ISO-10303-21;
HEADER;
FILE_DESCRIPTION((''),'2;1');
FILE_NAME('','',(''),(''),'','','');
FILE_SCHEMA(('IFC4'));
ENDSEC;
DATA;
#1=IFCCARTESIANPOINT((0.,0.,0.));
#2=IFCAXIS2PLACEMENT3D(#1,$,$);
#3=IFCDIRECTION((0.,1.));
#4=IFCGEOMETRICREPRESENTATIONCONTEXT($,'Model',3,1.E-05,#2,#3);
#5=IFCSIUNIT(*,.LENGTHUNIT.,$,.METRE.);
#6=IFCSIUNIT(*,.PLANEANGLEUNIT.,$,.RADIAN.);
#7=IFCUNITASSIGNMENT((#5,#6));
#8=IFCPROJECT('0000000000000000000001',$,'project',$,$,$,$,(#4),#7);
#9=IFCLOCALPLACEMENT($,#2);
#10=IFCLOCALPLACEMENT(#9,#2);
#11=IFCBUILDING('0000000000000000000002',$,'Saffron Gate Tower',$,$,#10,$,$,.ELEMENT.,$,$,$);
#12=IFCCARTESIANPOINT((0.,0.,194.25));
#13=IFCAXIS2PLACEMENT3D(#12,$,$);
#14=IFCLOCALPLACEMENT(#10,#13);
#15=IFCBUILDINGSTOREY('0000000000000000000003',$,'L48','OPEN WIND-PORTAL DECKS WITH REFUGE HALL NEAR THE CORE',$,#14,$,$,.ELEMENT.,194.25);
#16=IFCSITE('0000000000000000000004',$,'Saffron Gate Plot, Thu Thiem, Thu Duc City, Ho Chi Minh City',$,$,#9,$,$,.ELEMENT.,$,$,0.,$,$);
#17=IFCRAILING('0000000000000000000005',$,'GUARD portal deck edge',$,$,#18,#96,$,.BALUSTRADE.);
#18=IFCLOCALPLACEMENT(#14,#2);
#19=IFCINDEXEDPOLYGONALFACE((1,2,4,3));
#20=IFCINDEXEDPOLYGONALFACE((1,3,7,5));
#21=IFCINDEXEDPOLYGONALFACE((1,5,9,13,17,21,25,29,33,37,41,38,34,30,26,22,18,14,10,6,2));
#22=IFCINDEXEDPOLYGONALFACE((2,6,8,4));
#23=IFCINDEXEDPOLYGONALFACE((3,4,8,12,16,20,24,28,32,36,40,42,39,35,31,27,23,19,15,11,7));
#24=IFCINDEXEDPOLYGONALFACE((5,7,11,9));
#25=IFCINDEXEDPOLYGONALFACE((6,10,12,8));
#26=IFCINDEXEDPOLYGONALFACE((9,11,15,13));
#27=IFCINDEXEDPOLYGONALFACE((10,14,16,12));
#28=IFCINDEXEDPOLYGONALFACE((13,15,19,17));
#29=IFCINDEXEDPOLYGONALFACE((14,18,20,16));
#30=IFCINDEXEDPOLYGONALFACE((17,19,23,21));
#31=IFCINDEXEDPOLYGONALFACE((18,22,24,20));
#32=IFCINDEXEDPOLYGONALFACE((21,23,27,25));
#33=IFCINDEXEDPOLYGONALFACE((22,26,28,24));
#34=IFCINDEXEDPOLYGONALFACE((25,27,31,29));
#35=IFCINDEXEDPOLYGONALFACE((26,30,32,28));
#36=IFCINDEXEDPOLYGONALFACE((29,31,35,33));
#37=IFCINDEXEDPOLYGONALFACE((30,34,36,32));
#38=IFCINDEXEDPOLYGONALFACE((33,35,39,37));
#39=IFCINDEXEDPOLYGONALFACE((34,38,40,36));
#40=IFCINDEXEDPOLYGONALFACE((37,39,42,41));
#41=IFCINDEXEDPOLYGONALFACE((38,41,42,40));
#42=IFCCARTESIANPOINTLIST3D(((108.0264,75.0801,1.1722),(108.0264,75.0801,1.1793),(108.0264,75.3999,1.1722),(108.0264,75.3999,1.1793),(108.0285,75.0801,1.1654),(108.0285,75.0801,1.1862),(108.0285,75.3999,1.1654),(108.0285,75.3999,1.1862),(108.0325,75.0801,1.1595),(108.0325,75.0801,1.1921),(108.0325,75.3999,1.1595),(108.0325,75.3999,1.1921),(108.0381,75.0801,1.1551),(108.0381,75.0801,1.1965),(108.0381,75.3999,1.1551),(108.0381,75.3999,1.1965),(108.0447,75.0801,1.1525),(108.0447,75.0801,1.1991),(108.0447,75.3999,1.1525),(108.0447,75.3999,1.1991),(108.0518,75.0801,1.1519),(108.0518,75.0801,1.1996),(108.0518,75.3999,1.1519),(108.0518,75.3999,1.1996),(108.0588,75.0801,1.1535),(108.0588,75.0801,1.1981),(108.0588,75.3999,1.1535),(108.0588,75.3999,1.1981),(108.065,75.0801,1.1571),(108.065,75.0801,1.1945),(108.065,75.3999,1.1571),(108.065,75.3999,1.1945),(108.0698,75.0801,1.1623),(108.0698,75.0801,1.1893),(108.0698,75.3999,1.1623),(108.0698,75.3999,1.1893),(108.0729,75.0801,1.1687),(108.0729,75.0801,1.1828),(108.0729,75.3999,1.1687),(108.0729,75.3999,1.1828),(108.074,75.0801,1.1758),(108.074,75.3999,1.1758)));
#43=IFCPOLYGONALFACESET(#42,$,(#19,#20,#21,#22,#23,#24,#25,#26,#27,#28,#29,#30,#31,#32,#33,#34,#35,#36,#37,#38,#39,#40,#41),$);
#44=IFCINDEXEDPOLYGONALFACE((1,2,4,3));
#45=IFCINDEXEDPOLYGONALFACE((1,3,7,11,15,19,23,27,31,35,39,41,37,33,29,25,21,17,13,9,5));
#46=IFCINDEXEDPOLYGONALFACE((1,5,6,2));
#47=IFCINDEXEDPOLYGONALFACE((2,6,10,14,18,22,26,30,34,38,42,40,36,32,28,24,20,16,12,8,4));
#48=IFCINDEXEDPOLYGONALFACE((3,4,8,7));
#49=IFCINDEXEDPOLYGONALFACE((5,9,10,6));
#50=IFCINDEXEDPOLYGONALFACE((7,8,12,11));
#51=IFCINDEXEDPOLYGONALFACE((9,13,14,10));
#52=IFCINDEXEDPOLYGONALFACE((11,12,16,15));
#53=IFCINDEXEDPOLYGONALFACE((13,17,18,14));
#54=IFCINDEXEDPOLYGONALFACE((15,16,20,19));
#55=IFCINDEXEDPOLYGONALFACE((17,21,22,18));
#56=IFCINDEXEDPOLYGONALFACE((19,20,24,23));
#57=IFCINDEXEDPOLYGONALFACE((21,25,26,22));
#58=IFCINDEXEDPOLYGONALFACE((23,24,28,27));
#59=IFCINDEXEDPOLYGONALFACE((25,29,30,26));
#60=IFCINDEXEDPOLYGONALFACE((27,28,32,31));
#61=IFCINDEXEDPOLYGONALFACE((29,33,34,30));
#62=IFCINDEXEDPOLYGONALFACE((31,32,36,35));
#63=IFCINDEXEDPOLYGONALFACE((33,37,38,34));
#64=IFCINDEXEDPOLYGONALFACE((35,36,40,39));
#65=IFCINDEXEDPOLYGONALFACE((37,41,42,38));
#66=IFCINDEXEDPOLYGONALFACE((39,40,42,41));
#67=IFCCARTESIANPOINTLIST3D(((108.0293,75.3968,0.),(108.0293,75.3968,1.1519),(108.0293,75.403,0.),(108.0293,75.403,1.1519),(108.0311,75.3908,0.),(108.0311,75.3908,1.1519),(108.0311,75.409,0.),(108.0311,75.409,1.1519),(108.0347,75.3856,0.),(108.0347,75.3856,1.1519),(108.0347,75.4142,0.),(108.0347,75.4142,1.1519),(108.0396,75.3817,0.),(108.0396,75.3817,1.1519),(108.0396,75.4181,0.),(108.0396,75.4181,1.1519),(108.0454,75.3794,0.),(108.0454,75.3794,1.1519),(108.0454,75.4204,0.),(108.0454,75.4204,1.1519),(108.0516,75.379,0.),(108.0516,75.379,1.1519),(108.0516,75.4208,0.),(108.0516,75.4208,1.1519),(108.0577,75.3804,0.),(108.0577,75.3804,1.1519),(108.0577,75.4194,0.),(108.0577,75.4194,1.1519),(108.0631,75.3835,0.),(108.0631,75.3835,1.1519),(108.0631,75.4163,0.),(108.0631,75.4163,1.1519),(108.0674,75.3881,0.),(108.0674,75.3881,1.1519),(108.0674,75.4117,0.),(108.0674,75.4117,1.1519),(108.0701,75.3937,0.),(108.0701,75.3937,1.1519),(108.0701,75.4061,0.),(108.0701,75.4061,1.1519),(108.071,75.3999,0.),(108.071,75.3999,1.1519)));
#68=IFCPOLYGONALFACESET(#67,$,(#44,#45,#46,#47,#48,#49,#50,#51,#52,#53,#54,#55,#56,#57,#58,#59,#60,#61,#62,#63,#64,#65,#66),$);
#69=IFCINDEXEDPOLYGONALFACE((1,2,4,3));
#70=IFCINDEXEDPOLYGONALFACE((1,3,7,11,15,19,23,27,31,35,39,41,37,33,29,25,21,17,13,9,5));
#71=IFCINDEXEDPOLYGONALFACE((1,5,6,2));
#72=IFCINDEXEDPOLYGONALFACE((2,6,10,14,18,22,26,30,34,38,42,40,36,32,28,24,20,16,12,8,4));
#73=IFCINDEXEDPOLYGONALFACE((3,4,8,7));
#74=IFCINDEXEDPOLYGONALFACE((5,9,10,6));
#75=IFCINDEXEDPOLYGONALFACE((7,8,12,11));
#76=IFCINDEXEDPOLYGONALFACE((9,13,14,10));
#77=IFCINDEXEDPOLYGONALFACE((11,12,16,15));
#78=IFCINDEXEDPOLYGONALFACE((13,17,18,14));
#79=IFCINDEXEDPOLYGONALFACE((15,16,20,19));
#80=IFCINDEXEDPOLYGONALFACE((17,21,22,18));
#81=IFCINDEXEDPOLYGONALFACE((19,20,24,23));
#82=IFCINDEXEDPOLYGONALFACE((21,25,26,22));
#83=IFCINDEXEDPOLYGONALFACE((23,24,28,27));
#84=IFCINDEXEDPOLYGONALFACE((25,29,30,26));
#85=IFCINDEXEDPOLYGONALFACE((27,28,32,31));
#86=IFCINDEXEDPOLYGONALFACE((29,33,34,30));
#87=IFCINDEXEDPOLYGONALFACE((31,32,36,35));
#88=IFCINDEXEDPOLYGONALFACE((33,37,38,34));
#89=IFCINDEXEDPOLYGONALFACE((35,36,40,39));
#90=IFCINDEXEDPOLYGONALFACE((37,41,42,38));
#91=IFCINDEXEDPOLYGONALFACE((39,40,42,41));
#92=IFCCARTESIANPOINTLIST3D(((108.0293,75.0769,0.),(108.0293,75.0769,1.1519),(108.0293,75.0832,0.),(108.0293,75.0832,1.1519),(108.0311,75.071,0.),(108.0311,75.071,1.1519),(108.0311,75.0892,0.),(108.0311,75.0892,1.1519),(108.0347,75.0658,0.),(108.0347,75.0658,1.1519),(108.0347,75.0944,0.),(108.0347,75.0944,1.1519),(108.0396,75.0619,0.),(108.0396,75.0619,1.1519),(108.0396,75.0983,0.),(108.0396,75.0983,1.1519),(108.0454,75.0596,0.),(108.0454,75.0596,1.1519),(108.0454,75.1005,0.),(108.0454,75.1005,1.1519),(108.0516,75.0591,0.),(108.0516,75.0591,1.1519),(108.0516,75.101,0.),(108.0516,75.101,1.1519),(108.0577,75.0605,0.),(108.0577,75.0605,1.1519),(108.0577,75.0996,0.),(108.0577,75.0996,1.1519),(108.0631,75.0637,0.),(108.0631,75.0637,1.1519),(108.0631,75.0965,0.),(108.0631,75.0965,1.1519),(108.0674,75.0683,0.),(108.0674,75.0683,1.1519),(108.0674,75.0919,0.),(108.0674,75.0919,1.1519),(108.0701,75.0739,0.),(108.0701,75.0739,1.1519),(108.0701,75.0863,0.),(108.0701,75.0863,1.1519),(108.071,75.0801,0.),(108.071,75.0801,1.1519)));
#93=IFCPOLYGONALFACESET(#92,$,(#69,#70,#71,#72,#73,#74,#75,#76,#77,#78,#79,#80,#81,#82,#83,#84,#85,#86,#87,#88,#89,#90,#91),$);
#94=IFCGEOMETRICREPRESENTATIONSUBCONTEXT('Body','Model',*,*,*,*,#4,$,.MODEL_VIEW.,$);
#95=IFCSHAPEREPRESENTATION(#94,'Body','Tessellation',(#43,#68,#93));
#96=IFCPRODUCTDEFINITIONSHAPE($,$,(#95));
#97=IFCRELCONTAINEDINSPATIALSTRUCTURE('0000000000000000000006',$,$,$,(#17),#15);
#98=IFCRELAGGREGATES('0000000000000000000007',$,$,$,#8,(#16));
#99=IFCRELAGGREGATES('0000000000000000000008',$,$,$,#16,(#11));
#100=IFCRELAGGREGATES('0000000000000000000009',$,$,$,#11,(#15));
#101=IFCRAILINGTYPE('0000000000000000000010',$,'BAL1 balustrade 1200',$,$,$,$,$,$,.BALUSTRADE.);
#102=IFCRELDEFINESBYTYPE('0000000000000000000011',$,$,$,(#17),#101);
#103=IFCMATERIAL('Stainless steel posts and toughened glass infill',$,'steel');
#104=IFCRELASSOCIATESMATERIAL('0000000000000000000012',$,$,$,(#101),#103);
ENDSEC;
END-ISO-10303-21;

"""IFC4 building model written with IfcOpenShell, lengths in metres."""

from ifc_helpers import new_model, si_unit, direction, frame, origin, origin_2d, place, context, subcontext, project, spatial, circle, extrude, material, type_object, element, save


model = new_model("IFC4")

# Units and contexts
model_context = context("Model", 3, precision=1e-05, world=origin(), true_north=direction((0.0, 1.0)))
body_context = subcontext(model_context, "Body", "Model", "MODEL_VIEW")
ifc_project = project(units=[si_unit("LENGTHUNIT", "METRE"), si_unit("PLANEANGLEUNIT", "RADIAN")], contexts=[model_context])

# Site, building, storey
site_placement = place(None, origin())
site = spatial("IfcSite", under=ifc_project, at=site_placement, Name="Saffron Gate Plot, Thu Thiem, Thu Duc City, Ho Chi Minh City", CompositionType="ELEMENT", RefElevation=0.0)
building_placement = place(site_placement, origin())
building = spatial("IfcBuilding", under=site, at=building_placement, Name="Saffron Gate Tower", CompositionType="ELEMENT")
storey_placement = place(building_placement, frame((0.0, 0.0, 194.25)))
storey = spatial("IfcBuildingStorey", under=building, at=storey_placement, Name="L48", Description="OPEN WIND-PORTAL DECKS WITH REFUGE HALL NEAR THE CORE", CompositionType="ELEMENT", Elevation=194.25)

# Railing
ifc_material_1 = material(Name="Stainless steel posts and toughened glass infill", Category="steel")
railing_type_1 = type_object("IfcRailingType", Name="BAL1 balustrade 1200", PredefinedType="BALUSTRADE", material=ifc_material_1)
railing_1_placement = place(storey_placement, frame((108.05, 75.3999, 0.0)))
element("IfcRailing", 1, at=railing_1_placement, inside=storey, type_object=railing_type_1, Name="GUARD portal deck edge", PredefinedType="BALUSTRADE", context=body_context, shape_type="SweptSolid", body=[
    extrude(circle(Radius=0.0239, at=origin_2d()), frame((0.0, 0.0, 1.1758), z_axis=(0.0, -1.0, 0.0), x_axis=(1.0, 0.0, 0.0)), (0.0, 0.0, 1.0), 0.3198),
    extrude(circle(Radius=0.021, at=origin_2d()), origin(), (0.0, 0.0, 1.0), 1.1519),
    extrude(circle(Radius=0.021, at=origin_2d()), frame((0.0, -0.3198, 0.0)), (0.0, 0.0, 1.0), 1.1519),
])

save(model, "model.ifc")
